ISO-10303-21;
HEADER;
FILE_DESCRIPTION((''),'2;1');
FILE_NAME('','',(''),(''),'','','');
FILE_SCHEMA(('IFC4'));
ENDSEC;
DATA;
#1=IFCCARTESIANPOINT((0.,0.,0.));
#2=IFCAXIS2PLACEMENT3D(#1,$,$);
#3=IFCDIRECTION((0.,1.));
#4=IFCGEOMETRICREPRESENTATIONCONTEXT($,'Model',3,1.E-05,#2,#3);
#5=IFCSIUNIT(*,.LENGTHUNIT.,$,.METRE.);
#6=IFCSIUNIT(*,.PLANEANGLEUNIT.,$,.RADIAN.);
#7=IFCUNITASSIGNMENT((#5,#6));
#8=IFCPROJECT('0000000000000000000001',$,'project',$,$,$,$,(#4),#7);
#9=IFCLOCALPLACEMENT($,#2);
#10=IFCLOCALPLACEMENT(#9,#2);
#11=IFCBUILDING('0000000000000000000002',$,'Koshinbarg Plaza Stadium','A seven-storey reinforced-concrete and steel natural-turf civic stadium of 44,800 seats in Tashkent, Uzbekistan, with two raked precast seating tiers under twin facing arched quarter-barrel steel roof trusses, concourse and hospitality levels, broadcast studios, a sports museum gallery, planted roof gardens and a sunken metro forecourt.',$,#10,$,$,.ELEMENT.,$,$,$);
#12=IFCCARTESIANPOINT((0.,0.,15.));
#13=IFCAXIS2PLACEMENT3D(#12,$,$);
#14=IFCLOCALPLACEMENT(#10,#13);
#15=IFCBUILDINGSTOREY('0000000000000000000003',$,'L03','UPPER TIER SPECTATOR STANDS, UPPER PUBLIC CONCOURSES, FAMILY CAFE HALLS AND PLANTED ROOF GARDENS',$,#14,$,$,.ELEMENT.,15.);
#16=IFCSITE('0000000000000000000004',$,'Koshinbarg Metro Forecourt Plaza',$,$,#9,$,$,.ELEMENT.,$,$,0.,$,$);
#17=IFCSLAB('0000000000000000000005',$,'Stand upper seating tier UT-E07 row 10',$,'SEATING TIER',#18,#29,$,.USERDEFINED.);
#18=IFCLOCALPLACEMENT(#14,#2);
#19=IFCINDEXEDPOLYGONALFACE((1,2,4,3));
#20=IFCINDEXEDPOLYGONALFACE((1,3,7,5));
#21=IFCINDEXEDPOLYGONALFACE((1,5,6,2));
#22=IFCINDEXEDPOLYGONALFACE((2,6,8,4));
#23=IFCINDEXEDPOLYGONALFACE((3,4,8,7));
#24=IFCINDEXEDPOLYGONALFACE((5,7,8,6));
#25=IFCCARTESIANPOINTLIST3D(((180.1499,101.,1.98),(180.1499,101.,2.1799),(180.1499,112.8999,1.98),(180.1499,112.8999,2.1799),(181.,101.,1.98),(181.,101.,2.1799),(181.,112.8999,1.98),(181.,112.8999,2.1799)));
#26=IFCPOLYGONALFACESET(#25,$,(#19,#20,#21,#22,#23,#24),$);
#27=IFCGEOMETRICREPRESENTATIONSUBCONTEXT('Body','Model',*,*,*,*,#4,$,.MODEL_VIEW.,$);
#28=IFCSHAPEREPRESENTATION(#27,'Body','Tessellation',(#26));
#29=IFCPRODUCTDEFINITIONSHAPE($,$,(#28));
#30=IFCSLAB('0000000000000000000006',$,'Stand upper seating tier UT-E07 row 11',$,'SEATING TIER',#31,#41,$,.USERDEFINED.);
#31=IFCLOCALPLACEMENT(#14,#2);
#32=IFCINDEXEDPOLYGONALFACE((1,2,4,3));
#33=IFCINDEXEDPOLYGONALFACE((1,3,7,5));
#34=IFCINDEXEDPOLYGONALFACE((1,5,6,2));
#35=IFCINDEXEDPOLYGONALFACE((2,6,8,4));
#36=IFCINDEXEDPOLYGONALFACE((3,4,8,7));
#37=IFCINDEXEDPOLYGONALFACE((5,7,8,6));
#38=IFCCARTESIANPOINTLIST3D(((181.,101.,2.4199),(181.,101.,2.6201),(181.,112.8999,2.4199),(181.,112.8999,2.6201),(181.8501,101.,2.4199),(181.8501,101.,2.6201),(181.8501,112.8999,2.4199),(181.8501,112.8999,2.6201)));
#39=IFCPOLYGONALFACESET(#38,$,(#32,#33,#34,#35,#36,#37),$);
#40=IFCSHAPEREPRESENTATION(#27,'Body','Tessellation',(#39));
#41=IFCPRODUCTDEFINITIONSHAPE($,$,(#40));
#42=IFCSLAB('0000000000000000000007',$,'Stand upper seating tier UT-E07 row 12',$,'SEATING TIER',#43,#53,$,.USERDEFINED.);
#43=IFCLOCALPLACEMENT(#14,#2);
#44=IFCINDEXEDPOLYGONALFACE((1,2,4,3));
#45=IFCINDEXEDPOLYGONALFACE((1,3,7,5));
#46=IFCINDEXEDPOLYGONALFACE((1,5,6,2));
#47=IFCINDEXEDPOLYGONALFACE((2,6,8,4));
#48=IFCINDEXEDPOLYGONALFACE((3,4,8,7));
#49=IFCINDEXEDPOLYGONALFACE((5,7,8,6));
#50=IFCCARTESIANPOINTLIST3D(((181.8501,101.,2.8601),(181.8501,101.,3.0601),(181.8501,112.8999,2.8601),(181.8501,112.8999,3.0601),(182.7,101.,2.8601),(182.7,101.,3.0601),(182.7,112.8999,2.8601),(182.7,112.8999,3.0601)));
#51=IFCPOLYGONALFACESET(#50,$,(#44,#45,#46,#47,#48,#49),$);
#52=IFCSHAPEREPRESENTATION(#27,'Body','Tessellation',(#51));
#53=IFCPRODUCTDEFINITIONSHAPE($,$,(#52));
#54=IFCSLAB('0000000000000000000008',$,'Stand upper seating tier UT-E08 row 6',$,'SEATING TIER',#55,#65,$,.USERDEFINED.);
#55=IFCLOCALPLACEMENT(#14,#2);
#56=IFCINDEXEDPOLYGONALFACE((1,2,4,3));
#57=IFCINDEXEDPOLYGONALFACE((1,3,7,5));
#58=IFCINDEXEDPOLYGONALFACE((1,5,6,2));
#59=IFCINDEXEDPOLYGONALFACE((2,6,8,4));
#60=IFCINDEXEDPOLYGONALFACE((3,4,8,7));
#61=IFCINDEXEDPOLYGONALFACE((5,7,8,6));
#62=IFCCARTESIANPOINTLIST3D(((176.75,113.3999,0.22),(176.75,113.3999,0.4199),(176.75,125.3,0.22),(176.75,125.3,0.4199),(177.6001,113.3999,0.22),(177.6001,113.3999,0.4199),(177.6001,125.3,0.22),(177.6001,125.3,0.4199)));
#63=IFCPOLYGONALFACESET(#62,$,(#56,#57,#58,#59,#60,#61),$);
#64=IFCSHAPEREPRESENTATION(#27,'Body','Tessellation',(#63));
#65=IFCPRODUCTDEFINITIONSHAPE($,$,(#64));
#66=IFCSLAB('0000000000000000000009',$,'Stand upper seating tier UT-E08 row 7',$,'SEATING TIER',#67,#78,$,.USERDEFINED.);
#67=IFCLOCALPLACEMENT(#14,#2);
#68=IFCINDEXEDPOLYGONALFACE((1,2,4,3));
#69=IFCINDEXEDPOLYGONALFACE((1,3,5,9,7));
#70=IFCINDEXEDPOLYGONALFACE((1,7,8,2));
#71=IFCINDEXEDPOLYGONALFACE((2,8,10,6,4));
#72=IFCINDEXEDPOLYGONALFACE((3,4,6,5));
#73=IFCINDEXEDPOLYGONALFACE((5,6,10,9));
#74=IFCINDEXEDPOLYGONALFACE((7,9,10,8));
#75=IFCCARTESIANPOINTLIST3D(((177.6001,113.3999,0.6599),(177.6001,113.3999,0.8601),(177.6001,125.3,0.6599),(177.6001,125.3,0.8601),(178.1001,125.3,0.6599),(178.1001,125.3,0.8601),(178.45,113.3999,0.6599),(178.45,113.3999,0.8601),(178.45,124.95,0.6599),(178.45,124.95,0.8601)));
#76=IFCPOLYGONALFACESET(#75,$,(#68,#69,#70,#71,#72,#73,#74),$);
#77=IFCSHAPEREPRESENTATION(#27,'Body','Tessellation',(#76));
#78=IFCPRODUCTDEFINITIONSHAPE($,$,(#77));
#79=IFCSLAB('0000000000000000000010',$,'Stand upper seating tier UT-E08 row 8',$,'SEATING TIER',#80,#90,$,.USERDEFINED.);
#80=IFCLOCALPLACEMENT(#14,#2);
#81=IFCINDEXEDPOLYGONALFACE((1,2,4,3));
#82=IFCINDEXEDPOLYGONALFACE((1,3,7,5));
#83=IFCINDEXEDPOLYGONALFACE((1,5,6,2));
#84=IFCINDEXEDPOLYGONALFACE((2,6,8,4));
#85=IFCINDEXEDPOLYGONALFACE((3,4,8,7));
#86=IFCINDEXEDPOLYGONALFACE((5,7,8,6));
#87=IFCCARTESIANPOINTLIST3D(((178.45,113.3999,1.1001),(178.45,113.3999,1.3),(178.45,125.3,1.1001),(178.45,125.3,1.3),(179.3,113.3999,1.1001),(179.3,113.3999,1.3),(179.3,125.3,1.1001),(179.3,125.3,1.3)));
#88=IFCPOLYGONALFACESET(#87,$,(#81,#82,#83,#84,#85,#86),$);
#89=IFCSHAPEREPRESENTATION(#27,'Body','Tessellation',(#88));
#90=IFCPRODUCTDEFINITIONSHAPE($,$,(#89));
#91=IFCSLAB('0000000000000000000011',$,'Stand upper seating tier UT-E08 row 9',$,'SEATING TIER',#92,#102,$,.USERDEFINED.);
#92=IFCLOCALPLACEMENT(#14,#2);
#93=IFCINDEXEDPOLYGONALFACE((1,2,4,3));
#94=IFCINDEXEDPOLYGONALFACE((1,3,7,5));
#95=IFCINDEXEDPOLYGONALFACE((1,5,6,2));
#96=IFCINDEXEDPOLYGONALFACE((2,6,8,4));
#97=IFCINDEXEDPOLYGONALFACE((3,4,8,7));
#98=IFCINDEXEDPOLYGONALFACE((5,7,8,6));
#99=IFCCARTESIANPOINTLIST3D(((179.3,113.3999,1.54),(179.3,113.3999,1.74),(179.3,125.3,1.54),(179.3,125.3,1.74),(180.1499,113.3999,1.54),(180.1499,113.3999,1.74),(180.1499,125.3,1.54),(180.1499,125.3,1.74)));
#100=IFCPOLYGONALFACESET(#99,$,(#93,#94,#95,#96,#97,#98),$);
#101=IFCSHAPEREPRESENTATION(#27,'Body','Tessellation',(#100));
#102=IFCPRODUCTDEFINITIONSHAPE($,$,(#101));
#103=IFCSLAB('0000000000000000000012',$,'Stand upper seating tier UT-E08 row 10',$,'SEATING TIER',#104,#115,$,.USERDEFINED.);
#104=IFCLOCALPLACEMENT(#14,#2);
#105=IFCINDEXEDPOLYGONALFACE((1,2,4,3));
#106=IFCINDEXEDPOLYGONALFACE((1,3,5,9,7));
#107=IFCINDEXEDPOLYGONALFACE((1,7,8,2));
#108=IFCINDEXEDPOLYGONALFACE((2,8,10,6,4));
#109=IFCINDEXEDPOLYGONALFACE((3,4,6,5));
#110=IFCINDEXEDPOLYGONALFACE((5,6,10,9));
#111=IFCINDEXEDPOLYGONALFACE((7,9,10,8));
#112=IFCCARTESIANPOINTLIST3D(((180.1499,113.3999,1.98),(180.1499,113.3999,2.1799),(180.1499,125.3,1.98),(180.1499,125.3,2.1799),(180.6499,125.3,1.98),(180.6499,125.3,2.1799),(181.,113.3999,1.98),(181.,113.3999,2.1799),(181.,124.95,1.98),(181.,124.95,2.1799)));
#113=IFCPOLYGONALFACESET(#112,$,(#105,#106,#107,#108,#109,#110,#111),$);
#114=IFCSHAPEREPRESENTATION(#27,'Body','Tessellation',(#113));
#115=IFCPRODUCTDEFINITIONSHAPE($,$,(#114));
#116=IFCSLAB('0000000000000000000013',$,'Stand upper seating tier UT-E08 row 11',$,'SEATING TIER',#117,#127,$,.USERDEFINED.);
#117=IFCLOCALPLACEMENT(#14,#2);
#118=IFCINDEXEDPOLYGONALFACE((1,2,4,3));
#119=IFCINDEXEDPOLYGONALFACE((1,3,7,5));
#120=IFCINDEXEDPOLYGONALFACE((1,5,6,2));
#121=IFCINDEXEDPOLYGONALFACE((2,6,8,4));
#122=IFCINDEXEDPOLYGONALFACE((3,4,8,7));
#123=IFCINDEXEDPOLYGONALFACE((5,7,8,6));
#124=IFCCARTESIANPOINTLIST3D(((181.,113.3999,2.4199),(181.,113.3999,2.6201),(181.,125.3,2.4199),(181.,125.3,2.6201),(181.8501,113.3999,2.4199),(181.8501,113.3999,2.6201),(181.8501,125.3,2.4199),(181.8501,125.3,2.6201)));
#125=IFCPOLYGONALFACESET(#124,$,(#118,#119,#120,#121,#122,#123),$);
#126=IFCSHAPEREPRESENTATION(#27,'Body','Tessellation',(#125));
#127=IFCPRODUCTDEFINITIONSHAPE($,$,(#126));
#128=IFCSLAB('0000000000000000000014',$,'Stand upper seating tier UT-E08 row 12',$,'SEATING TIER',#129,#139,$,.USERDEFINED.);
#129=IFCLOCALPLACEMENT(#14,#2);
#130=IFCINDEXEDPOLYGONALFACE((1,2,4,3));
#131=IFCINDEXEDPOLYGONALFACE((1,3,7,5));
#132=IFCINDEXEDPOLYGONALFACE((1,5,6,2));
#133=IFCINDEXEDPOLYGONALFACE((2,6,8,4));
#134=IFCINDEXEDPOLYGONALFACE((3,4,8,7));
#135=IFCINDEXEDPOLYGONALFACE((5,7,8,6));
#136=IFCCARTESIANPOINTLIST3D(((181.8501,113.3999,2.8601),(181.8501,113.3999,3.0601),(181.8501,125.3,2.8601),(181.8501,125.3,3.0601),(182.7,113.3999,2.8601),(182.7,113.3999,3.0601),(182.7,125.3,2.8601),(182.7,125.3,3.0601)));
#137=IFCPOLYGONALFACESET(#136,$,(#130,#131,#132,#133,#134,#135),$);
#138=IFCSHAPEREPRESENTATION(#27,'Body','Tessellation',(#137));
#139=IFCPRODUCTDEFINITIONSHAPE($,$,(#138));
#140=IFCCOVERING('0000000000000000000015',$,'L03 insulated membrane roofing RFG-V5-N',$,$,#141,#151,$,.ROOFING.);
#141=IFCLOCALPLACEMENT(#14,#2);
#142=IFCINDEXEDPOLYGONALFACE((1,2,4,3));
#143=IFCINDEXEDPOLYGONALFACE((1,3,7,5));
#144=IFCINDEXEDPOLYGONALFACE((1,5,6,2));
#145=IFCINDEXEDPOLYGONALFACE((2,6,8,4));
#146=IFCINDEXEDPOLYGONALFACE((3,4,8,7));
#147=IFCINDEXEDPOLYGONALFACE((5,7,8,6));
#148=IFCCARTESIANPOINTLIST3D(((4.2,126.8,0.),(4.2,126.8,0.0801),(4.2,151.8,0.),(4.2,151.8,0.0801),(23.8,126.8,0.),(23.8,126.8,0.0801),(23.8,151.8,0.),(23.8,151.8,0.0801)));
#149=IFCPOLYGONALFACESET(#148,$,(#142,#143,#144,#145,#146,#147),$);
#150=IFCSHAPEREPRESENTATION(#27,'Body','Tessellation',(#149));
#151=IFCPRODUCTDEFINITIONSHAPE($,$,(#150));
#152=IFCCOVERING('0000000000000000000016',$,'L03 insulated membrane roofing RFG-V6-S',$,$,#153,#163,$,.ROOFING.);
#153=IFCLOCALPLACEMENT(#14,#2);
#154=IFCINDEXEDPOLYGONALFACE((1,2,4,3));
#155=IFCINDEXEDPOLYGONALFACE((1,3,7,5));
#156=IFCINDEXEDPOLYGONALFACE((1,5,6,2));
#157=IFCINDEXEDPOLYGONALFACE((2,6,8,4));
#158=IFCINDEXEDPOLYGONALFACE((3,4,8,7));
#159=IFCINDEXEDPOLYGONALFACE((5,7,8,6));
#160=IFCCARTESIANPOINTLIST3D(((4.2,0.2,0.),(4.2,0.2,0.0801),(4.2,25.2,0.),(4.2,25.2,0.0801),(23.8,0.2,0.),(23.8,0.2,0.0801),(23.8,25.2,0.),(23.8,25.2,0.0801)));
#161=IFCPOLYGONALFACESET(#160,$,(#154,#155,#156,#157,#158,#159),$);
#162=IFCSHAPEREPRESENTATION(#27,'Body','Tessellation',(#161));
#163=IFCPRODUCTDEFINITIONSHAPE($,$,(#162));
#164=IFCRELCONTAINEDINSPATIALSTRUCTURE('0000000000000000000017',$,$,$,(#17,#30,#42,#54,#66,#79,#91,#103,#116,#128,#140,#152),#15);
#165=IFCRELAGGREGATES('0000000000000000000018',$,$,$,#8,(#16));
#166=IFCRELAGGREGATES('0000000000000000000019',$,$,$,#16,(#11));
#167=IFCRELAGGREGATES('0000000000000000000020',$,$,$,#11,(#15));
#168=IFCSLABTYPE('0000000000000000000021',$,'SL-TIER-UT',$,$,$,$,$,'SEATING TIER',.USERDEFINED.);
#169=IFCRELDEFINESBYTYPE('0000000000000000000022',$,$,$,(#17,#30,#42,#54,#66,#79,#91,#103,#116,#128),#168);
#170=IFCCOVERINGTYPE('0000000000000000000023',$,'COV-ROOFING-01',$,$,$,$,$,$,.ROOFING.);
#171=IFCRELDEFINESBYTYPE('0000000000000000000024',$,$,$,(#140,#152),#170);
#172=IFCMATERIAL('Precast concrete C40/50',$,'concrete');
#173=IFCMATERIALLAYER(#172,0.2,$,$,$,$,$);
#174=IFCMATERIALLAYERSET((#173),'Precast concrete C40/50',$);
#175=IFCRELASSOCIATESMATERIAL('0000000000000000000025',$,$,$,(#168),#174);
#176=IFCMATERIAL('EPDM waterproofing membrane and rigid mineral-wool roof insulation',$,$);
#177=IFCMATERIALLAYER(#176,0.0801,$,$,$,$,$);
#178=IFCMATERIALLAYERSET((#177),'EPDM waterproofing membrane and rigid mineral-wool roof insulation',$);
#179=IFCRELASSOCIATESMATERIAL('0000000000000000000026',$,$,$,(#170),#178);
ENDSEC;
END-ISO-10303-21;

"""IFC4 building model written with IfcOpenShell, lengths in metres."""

from ifc_helpers import new_model, si_unit, direction, frame, origin, place, context, subcontext, project, spatial, polyline, outline, extrude, material, layer, layer_set, type_object, element, save


model = new_model("IFC4")

# Units and contexts
model_context = context("Model", 3, precision=1e-05, world=origin(), true_north=direction((0.0, 1.0)))
body_context = subcontext(model_context, "Body", "Model", "MODEL_VIEW")
ifc_project = project(units=[si_unit("LENGTHUNIT", "METRE"), si_unit("PLANEANGLEUNIT", "RADIAN")], contexts=[model_context])

# Site, building, storey
site_placement = place(None, origin())
site = spatial("IfcSite", under=ifc_project, at=site_placement, Name="Koshinbarg Metro Forecourt Plaza", CompositionType="ELEMENT", RefElevation=0.0)
building_placement = place(site_placement, origin())
building = spatial("IfcBuilding", under=site, at=building_placement, Name="Koshinbarg Plaza Stadium", Description="A seven-storey reinforced-concrete and steel natural-turf civic stadium of 44,800 seats in Tashkent, Uzbekistan, with two raked precast seating tiers under twin facing arched quarter-barrel steel roof trusses, concourse and hospitality levels, broadcast studios, a sports museum gallery, planted roof gardens and a sunken metro forecourt.", CompositionType="ELEMENT")
storey_placement = place(building_placement, frame((0.0, 0.0, 15.0)))
storey = spatial("IfcBuildingStorey", under=building, at=storey_placement, Name="L03", Description="UPPER TIER SPECTATOR STANDS, UPPER PUBLIC CONCOURSES, FAMILY CAFE HALLS AND PLANTED ROOF GARDENS", CompositionType="ELEMENT", Elevation=15.0)

# Slabs
ifc_material_1 = material(Name="Precast concrete C40/50", Category="concrete")
ifc_layer_1 = layer(ifc_material_1, 0.2)
ifc_layer_set_1 = layer_set([ifc_layer_1], Name="Precast concrete C40/50")
slab_type_1 = type_object("IfcSlabType", Name="SL-TIER-UT", ElementType="SEATING TIER", PredefinedType="USERDEFINED", material=ifc_layer_set_1)
slab_1_placement = place(storey_placement, frame((0.0, 0.0, 1.98)))
element("IfcSlab", 1, at=slab_1_placement, inside=storey, type_object=slab_type_1, Name="Stand upper seating tier UT-E07 row 10", ObjectType="SEATING TIER", PredefinedType="USERDEFINED", context=body_context, shape_type="SweptSolid", body=[
    extrude(outline(polyline([(180.1499, 101.0), (181.0, 101.0), (181.0, 112.8999), (180.1499, 112.8999), (180.1499, 101.0)])), origin(), (0.0, 0.0, 1.0), 0.2),
])
slab_2_placement = place(storey_placement, frame((0.0, 0.0, 2.4199)))
element("IfcSlab", 2, at=slab_2_placement, inside=storey, type_object=slab_type_1, Name="Stand upper seating tier UT-E07 row 11", ObjectType="SEATING TIER", PredefinedType="USERDEFINED", context=body_context, shape_type="SweptSolid", body=[
    extrude(outline(polyline([(181.0, 101.0), (181.8501, 101.0), (181.8501, 112.8999), (181.0, 112.8999), (181.0, 101.0)])), origin(), (0.0, 0.0, 1.0), 0.2002),
])
slab_3_placement = place(storey_placement, frame((0.0, 0.0, 2.8601)))
element("IfcSlab", 3, at=slab_3_placement, inside=storey, type_object=slab_type_1, Name="Stand upper seating tier UT-E07 row 12", ObjectType="SEATING TIER", PredefinedType="USERDEFINED", context=body_context, shape_type="SweptSolid", body=[
    extrude(outline(polyline([(181.8501, 101.0), (182.7, 101.0), (182.7, 112.8999), (181.8501, 112.8999), (181.8501, 101.0)])), origin(), (0.0, 0.0, 1.0), 0.2),
])
slab_4_placement = place(storey_placement, frame((0.0, 0.0, 0.22)))
element("IfcSlab", 4, at=slab_4_placement, inside=storey, type_object=slab_type_1, Name="Stand upper seating tier UT-E08 row 6", ObjectType="SEATING TIER", PredefinedType="USERDEFINED", context=body_context, shape_type="SweptSolid", body=[
    extrude(outline(polyline([(176.75, 113.3999), (177.6001, 113.3999), (177.6001, 125.3), (176.75, 125.3), (176.75, 113.3999)])), origin(), (0.0, 0.0, 1.0), 0.2),
])
slab_5_placement = place(storey_placement, frame((0.0, 0.0, 0.6599)))
element("IfcSlab", 5, at=slab_5_placement, inside=storey, type_object=slab_type_1, Name="Stand upper seating tier UT-E08 row 7", ObjectType="SEATING TIER", PredefinedType="USERDEFINED", context=body_context, shape_type="SweptSolid", body=[
    extrude(outline(polyline([(177.6001, 113.3999), (178.45, 113.3999), (178.45, 124.95), (178.1001, 125.3), (177.6001, 125.3), (177.6001, 113.3999)])), origin(), (0.0, 0.0, 1.0), 0.2002),
])
slab_6_placement = place(storey_placement, frame((0.0, 0.0, 1.1001)))
element("IfcSlab", 6, at=slab_6_placement, inside=storey, type_object=slab_type_1, Name="Stand upper seating tier UT-E08 row 8", ObjectType="SEATING TIER", PredefinedType="USERDEFINED", context=body_context, shape_type="SweptSolid", body=[
    extrude(outline(polyline([(178.45, 113.3999), (179.3, 113.3999), (179.3, 125.3), (178.45, 125.3), (178.45, 113.3999)])), origin(), (0.0, 0.0, 1.0), 0.2),
])
slab_7_placement = place(storey_placement, frame((0.0, 0.0, 1.54)))
element("IfcSlab", 7, at=slab_7_placement, inside=storey, type_object=slab_type_1, Name="Stand upper seating tier UT-E08 row 9", ObjectType="SEATING TIER", PredefinedType="USERDEFINED", context=body_context, shape_type="SweptSolid", body=[
    extrude(outline(polyline([(179.3, 113.3999), (180.1499, 113.3999), (180.1499, 125.3), (179.3, 125.3), (179.3, 113.3999)])), origin(), (0.0, 0.0, 1.0), 0.2),
])
slab_8_placement = place(storey_placement, frame((0.0, 0.0, 1.98)))
element("IfcSlab", 8, at=slab_8_placement, inside=storey, type_object=slab_type_1, Name="Stand upper seating tier UT-E08 row 10", ObjectType="SEATING TIER", PredefinedType="USERDEFINED", context=body_context, shape_type="SweptSolid", body=[
    extrude(outline(polyline([(180.1499, 113.3999), (181.0, 113.3999), (181.0, 124.95), (180.6499, 125.3), (180.1499, 125.3), (180.1499, 113.3999)])), origin(), (0.0, 0.0, 1.0), 0.2),
])
slab_9_placement = place(storey_placement, frame((0.0, 0.0, 2.4199)))
element("IfcSlab", 9, at=slab_9_placement, inside=storey, type_object=slab_type_1, Name="Stand upper seating tier UT-E08 row 11", ObjectType="SEATING TIER", PredefinedType="USERDEFINED", context=body_context, shape_type="SweptSolid", body=[
    extrude(outline(polyline([(181.0, 113.3999), (181.8501, 113.3999), (181.8501, 125.3), (181.0, 125.3), (181.0, 113.3999)])), origin(), (0.0, 0.0, 1.0), 0.2002),
])
slab_10_placement = place(storey_placement, frame((0.0, 0.0, 2.8601)))
element("IfcSlab", 10, at=slab_10_placement, inside=storey, type_object=slab_type_1, Name="Stand upper seating tier UT-E08 row 12", ObjectType="SEATING TIER", PredefinedType="USERDEFINED", context=body_context, shape_type="SweptSolid", body=[
    extrude(outline(polyline([(181.8501, 113.3999), (182.7, 113.3999), (182.7, 125.3), (181.8501, 125.3), (181.8501, 113.3999)])), origin(), (0.0, 0.0, 1.0), 0.2),
])

# Coverings
ifc_material_2 = material(Name="EPDM waterproofing membrane and rigid mineral-wool roof insulation")
ifc_layer_2 = layer(ifc_material_2, 0.0801)
ifc_layer_set_2 = layer_set([ifc_layer_2], Name="EPDM waterproofing membrane and rigid mineral-wool roof insulation")
covering_type = type_object("IfcCoveringType", Name="COV-ROOFING-01", PredefinedType="ROOFING", material=ifc_layer_set_2)
covering_1_placement = place(storey_placement, origin())
element("IfcCovering", 11, at=covering_1_placement, inside=storey, type_object=covering_type, Name="L03 insulated membrane roofing RFG-V5-N", PredefinedType="ROOFING", context=body_context, shape_type="SweptSolid", body=[
    extrude(outline(polyline([(4.2, 126.8), (23.8, 126.8), (23.8, 151.8), (4.2, 151.8), (4.2, 126.8)])), origin(), (0.0, 0.0, 1.0), 0.0801),
])
covering_2_placement = place(storey_placement, origin())
element("IfcCovering", 12, at=covering_2_placement, inside=storey, type_object=covering_type, Name="L03 insulated membrane roofing RFG-V6-S", PredefinedType="ROOFING", context=body_context, shape_type="SweptSolid", body=[
    extrude(outline(polyline([(4.2, 0.2), (23.8, 0.2), (23.8, 25.2), (4.2, 25.2), (4.2, 0.2)])), origin(), (0.0, 0.0, 1.0), 0.0801),
])

save(model, "model.ifc")
